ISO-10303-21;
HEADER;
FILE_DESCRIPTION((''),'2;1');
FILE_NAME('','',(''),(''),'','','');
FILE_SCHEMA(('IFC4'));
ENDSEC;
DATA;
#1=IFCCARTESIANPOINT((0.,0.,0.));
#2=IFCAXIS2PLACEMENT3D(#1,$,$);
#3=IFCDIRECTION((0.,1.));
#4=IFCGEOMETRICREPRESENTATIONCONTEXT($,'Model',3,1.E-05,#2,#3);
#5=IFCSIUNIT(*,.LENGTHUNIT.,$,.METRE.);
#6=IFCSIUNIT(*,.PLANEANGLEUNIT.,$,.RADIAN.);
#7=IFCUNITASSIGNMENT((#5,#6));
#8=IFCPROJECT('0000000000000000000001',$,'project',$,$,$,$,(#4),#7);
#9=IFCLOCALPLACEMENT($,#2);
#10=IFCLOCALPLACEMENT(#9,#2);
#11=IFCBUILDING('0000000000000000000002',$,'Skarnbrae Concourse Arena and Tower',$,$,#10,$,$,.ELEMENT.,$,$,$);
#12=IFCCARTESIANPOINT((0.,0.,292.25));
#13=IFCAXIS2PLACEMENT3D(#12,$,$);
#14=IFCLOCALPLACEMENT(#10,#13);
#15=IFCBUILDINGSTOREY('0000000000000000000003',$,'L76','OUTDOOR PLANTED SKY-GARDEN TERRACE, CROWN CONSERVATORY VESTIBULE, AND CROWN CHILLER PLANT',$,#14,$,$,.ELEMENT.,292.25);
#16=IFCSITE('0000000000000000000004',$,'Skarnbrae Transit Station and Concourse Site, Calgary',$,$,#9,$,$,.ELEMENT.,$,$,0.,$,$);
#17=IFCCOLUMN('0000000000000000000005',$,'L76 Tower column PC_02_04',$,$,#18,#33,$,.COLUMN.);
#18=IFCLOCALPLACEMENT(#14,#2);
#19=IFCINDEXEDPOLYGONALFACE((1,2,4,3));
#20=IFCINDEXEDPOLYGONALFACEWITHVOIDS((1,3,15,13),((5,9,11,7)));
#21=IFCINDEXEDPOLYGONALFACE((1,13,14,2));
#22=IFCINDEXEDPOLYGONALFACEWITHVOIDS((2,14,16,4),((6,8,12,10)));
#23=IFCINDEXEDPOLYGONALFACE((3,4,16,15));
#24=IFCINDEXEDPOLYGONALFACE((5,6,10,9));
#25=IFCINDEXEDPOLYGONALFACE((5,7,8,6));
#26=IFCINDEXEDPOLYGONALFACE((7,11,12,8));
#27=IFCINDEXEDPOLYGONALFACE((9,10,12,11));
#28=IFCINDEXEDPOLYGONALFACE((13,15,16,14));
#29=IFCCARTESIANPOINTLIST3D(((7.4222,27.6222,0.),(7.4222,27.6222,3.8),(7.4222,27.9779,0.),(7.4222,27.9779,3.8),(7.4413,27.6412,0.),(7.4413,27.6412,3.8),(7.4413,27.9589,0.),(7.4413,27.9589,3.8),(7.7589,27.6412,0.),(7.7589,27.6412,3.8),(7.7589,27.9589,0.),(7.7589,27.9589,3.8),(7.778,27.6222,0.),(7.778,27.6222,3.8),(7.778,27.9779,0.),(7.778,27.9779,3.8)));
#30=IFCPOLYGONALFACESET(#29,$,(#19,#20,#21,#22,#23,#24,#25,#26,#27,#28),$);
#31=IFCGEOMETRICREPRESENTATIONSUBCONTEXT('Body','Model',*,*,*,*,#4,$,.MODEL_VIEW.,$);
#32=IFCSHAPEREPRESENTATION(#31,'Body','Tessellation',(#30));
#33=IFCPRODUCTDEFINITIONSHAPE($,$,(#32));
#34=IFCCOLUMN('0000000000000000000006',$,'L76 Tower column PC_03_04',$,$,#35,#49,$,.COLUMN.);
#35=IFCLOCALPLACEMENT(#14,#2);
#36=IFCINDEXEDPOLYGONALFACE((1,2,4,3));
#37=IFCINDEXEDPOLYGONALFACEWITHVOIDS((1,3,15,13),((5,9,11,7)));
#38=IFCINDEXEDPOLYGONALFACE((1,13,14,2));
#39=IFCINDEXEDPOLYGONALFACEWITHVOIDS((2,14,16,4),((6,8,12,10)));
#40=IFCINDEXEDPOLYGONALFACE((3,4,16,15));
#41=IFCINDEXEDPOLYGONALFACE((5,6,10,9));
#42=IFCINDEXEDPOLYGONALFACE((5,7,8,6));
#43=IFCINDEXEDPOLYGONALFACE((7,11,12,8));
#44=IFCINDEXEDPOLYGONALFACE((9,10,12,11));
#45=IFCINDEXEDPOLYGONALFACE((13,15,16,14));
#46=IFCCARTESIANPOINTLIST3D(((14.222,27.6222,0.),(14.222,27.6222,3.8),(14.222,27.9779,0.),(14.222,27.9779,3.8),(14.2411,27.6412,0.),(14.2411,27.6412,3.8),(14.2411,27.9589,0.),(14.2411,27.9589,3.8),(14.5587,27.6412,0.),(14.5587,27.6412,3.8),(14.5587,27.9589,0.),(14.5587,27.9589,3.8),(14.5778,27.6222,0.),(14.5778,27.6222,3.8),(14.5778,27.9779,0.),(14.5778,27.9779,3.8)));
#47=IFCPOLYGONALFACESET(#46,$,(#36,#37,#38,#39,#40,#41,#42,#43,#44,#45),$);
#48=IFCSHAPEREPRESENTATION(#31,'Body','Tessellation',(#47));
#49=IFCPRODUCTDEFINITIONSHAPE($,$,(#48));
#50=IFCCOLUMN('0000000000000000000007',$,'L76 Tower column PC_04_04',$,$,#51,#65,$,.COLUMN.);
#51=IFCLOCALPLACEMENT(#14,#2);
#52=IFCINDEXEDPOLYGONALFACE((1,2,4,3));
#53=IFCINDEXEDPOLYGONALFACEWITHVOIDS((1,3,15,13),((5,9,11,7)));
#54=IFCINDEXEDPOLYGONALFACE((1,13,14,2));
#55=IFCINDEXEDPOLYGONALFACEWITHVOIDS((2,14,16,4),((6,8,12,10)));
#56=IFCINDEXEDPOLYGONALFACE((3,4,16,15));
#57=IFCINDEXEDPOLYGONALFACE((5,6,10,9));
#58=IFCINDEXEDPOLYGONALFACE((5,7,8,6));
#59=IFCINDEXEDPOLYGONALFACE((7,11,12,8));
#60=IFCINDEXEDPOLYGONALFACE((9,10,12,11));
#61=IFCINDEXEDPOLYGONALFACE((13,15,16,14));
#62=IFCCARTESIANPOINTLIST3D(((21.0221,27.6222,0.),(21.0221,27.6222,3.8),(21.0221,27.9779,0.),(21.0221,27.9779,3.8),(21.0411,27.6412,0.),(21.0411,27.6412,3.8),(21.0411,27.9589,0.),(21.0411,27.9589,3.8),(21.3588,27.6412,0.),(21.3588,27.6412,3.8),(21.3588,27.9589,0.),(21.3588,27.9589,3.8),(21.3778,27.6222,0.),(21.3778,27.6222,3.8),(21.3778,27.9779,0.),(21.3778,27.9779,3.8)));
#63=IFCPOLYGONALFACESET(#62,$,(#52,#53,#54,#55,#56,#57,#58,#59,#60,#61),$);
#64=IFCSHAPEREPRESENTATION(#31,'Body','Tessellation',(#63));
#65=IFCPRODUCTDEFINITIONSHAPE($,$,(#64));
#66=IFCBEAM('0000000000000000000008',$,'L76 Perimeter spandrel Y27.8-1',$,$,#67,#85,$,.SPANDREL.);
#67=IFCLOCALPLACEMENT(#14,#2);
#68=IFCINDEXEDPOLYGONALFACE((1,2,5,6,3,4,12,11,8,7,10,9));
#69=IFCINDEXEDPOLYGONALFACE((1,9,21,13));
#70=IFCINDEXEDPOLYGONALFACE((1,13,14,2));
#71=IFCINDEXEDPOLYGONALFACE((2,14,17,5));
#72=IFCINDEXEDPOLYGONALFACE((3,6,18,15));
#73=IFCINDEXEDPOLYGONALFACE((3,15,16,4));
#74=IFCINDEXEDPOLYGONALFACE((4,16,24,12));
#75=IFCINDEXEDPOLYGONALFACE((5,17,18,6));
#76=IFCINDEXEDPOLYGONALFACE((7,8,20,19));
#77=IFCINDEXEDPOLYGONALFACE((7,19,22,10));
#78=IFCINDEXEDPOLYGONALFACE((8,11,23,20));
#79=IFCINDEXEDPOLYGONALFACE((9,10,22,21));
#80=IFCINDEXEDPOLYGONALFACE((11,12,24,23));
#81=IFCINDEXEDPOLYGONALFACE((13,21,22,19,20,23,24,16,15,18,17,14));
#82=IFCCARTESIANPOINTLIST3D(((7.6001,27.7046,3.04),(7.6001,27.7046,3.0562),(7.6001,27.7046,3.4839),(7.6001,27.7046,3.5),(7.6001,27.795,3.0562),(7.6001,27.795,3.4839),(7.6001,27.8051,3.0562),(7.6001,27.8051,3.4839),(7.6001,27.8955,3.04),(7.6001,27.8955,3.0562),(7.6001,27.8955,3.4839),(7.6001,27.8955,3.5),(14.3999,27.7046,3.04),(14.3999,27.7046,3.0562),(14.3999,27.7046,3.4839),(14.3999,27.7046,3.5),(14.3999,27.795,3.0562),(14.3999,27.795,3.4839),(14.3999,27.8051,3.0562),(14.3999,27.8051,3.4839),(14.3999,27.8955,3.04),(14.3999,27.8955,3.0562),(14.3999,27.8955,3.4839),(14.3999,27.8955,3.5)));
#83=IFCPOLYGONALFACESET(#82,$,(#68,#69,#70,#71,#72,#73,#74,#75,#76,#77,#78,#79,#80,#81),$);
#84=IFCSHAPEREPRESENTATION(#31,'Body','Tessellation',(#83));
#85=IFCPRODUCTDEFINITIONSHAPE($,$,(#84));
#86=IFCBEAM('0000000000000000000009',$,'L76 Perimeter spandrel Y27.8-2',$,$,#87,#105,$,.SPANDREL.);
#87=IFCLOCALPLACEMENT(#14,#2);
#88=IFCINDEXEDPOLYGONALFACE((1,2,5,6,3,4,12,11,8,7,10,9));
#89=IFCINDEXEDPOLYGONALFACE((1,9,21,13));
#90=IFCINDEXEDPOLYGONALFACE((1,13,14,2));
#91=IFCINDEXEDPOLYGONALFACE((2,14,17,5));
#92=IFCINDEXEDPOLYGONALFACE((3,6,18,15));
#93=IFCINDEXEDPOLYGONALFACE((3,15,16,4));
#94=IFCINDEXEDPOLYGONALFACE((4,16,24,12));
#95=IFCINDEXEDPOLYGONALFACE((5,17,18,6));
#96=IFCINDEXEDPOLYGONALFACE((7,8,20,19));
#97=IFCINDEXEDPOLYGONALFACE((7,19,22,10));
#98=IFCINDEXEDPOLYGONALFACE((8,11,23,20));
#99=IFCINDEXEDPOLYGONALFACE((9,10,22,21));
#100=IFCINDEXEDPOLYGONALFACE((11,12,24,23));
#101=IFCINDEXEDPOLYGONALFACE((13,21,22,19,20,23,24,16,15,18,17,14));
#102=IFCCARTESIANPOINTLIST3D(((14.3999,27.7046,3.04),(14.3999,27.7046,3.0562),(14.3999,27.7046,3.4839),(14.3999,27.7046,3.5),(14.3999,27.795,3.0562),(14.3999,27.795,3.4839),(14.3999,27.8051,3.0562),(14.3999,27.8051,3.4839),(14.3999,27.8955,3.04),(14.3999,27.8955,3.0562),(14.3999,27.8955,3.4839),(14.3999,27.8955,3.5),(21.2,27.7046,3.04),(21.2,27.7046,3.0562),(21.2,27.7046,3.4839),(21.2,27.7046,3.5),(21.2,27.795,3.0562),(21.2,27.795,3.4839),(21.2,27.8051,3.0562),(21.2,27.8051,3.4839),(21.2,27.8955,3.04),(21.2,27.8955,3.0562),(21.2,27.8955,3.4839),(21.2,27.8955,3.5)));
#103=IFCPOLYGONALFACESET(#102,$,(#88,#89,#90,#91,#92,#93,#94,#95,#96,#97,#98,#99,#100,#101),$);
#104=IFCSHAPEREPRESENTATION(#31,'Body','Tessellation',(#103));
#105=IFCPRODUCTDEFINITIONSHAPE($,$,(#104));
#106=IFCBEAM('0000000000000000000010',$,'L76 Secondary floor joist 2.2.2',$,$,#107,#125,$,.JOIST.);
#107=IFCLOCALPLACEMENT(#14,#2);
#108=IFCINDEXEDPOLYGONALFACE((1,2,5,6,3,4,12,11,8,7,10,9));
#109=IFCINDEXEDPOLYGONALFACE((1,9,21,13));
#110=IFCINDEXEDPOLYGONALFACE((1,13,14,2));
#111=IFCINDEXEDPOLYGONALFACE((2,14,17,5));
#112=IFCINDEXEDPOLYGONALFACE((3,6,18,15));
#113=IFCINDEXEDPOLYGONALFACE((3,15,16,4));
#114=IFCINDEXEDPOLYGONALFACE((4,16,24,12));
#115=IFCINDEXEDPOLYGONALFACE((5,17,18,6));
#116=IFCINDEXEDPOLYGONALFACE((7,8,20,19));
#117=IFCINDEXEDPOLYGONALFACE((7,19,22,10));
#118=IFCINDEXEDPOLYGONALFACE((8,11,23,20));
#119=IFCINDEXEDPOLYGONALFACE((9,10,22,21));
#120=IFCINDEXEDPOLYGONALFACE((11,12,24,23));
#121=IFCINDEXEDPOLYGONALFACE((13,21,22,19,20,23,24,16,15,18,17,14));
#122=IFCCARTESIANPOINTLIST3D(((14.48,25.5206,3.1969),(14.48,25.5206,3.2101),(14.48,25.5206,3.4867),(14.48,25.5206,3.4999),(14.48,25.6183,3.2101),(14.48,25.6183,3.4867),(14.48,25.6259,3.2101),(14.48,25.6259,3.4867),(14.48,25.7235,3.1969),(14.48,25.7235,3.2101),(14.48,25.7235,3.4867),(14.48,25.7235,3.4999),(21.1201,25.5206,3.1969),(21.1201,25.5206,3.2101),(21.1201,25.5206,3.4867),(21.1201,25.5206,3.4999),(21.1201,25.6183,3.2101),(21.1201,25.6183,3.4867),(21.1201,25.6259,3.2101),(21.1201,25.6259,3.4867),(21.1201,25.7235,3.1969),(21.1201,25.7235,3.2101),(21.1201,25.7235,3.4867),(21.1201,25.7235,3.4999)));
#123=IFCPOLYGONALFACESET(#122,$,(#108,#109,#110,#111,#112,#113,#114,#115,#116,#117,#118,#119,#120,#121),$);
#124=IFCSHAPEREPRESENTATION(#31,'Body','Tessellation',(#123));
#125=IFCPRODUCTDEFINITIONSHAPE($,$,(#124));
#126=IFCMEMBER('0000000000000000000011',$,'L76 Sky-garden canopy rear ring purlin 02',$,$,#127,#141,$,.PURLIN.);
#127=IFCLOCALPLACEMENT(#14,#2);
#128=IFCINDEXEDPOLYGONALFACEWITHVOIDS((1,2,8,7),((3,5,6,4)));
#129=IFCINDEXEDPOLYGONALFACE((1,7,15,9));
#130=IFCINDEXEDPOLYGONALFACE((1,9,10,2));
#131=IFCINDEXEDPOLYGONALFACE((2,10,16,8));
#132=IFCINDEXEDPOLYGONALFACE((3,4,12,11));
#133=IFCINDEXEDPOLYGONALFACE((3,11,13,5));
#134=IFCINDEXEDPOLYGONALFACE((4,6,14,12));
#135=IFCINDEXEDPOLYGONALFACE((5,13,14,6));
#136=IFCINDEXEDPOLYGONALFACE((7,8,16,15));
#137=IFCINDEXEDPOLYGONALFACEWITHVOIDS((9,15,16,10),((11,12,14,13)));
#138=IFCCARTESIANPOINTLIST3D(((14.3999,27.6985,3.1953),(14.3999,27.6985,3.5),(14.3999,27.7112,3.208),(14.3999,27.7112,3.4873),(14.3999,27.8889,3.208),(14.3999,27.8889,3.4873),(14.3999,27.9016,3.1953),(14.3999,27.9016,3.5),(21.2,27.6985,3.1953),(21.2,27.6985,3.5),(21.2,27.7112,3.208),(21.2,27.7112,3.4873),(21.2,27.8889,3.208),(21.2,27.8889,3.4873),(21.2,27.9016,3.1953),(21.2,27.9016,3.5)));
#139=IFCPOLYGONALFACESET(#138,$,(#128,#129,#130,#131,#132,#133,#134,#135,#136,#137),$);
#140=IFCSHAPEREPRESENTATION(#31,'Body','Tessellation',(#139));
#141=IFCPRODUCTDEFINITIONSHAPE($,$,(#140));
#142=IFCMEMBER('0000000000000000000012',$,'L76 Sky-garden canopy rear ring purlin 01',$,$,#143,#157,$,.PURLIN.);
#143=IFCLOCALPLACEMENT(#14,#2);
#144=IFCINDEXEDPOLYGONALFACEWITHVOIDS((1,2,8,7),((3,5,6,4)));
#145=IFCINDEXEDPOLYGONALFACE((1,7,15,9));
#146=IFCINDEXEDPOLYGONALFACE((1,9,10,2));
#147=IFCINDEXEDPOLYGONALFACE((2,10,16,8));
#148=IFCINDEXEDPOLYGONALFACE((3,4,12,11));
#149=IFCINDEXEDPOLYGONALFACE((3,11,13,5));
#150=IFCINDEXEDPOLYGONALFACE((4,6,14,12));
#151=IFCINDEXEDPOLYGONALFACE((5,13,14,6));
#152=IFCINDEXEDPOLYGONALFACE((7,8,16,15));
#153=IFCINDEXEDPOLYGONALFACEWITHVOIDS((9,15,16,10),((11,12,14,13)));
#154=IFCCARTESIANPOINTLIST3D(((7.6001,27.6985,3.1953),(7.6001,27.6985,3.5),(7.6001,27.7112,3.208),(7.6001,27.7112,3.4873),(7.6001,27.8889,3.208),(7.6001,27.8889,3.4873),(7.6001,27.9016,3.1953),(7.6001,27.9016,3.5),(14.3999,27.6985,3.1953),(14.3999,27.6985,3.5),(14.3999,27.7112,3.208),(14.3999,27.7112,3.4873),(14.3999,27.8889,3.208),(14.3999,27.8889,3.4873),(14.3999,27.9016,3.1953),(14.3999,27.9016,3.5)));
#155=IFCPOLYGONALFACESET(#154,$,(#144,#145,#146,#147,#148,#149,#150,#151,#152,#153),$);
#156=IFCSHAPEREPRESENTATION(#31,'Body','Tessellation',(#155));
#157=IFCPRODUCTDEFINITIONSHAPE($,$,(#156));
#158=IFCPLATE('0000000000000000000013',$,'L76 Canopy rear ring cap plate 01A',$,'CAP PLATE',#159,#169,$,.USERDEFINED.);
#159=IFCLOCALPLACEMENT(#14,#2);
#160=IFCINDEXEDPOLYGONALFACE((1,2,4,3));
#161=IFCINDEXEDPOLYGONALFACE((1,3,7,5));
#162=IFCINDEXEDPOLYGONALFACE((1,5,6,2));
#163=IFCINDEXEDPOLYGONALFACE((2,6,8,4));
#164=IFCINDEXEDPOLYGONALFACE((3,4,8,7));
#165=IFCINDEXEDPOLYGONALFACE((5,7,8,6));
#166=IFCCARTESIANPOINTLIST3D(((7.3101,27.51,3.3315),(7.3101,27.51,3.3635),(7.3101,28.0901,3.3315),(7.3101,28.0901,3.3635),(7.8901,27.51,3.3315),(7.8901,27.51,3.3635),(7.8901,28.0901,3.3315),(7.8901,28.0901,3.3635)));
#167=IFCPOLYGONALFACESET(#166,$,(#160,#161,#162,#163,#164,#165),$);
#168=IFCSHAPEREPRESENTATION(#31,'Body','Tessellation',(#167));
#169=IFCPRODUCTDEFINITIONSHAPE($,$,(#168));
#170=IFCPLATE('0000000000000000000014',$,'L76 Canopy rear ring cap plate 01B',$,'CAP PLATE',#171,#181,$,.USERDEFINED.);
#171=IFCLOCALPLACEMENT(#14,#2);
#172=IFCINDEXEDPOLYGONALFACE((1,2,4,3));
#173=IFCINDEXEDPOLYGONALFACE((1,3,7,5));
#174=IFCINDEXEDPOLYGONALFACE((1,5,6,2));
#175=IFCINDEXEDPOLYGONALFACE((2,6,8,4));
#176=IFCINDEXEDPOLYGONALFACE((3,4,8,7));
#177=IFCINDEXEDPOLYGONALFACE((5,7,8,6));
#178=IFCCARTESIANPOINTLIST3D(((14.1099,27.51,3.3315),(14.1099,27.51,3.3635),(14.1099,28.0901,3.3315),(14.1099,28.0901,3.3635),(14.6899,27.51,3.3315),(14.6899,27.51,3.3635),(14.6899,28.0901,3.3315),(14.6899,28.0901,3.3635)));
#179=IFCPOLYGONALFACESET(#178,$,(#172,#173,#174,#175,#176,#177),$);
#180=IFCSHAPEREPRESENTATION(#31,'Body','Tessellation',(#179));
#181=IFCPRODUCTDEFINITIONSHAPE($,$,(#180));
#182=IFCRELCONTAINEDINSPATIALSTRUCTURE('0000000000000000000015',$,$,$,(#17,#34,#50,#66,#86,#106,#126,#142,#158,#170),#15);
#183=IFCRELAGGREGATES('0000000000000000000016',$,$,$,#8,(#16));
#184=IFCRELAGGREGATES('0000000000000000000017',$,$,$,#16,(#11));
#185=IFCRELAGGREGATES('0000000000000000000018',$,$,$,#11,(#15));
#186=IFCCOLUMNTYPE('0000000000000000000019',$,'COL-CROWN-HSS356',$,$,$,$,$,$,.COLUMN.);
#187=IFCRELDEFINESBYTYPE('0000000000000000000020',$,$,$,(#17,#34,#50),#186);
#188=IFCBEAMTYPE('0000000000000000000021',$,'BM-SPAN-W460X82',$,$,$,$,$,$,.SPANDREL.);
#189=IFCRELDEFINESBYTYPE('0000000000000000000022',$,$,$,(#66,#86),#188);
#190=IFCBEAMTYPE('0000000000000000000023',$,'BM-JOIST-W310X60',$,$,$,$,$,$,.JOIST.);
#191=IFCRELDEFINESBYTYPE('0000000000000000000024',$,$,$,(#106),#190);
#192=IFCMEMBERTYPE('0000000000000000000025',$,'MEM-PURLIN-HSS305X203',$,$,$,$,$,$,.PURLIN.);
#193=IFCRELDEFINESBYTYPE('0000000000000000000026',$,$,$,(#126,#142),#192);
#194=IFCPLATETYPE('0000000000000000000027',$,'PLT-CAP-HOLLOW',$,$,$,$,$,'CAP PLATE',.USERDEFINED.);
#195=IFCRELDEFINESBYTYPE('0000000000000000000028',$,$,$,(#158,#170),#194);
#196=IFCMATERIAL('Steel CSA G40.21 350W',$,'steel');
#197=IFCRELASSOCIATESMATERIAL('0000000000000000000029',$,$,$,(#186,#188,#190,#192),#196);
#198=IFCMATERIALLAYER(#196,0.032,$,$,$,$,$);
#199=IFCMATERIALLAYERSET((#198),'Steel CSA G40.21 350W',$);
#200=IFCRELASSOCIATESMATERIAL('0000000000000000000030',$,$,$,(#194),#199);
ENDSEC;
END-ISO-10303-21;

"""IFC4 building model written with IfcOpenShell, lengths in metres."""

from ifc_helpers import new_model, si_unit, direction, frame, origin, origin_2d, place, context, subcontext, project, spatial, rectangle, hollow_rectangle, i_section, extrude, source, transform, mapped, material, layer, layer_set, material_profile, profile_set, type_object, element, save


model = new_model("IFC4")

# Units and contexts
model_context = context("Model", 3, precision=1e-05, world=origin(), true_north=direction((0.0, 1.0)))
body_context = subcontext(model_context, "Body", "Model", "MODEL_VIEW")
ifc_project = project(units=[si_unit("LENGTHUNIT", "METRE"), si_unit("PLANEANGLEUNIT", "RADIAN")], contexts=[model_context])

# Site, building, storey
site_placement = place(None, origin())
site = spatial("IfcSite", under=ifc_project, at=site_placement, Name="Skarnbrae Transit Station and Concourse Site, Calgary", CompositionType="ELEMENT", RefElevation=0.0)
building_placement = place(site_placement, origin())
building = spatial("IfcBuilding", under=site, at=building_placement, Name="Skarnbrae Concourse Arena and Tower", CompositionType="ELEMENT")
storey_placement = place(building_placement, frame((0.0, 0.0, 292.25)))
storey = spatial("IfcBuildingStorey", under=building, at=storey_placement, Name="L76", Description="OUTDOOR PLANTED SKY-GARDEN TERRACE, CROWN CONSERVATORY VESTIBULE, AND CROWN CHILLER PLANT", CompositionType="ELEMENT", Elevation=292.25)

# Columns
ifc_material_1 = material(Name="Steel CSA G40.21 350W", Category="steel")
ifc_material_profile_1 = material_profile(ifc_material_1, hollow_rectangle(XDim=0.3557, YDim=0.3557, WallThickness=0.019, at=origin_2d()), Name="HSS356X356X19.0")
ifc_profile_set_1 = profile_set([ifc_material_profile_1], Name="Steel CSA G40.21 350W")
column_type = type_object("IfcColumnType", Name="COL-CROWN-HSS356", PredefinedType="COLUMN", material=ifc_profile_set_1)
shared_shape_1 = source(origin(), body_context, "Body", "SweptSolid", [
    extrude(hollow_rectangle(XDim=0.3557, YDim=0.3557, WallThickness=0.019, at=origin_2d()), origin(), (0.0, 0.0, 1.0), 3.8),
])
for number, where, z_axis, x_axis, name in (
    (1, (7.6001, 27.8, 0.0), (0.0, 0.0, 1.0), (1.0, 0.0, 0.0), "L76 Tower column PC_02_04"),
    (2, (14.3999, 27.8, 0.0), (0.0, 0.0, 1.0), (1.0, 0.0, 0.0), "L76 Tower column PC_03_04"),
    (3, (21.2, 27.8, 0.0), (0.0, 0.0, 1.0), (1.0, 0.0, 0.0), "L76 Tower column PC_04_04"),
):
    element("IfcColumn", number, at=place(storey_placement, frame(where, z_axis=z_axis, x_axis=x_axis)), inside=storey, type_object=column_type, Name=name, PredefinedType="COLUMN", context=body_context, shape_type="MappedRepresentation", body=[
        mapped(shared_shape_1, transform((0.0, 0.0, 0.0))),
    ])

# Beams
ifc_material_profile_2 = material_profile(ifc_material_1, i_section(OverallWidth=0.1909, OverallDepth=0.46, WebThickness=0.01, FlangeThickness=0.0161, at=origin_2d()), Name="W460X82")
ifc_profile_set_2 = profile_set([ifc_material_profile_2], Name="Steel CSA G40.21 350W")
beam_type_1 = type_object("IfcBeamType", Name="BM-SPAN-W460X82", PredefinedType="SPANDREL", material=ifc_profile_set_2)
shared_shape_2 = source(origin(), body_context, "Body", "SweptSolid", [
    extrude(i_section(OverallWidth=0.1909, OverallDepth=0.46, WebThickness=0.01, FlangeThickness=0.0161, at=origin_2d()), origin(), (0.0, 0.0, 1.0), 6.7998),
])
beam_1_placement = place(storey_placement, frame((7.6001, 27.8, 3.27), z_axis=(1.0, 0.0, 0.0), x_axis=(0.0, 1.0, 0.0)))
element("IfcBeam", 4, at=beam_1_placement, inside=storey, type_object=beam_type_1, Name="L76 Perimeter spandrel Y27.8-1", PredefinedType="SPANDREL", context=body_context, shape_type="MappedRepresentation", body=[
    mapped(shared_shape_2, transform((0.0, 0.0, 0.0))),
])
shared_shape_3 = source(origin(), body_context, "Body", "SweptSolid", [
    extrude(i_section(OverallWidth=0.1909, OverallDepth=0.46, WebThickness=0.01, FlangeThickness=0.0161, at=origin_2d()), origin(), (0.0, 0.0, 1.0), 6.8),
])
beam_2_placement = place(storey_placement, frame((14.3999, 27.8, 3.27), z_axis=(1.0, 0.0, 0.0), x_axis=(0.0, 1.0, 0.0)))
element("IfcBeam", 5, at=beam_2_placement, inside=storey, type_object=beam_type_1, Name="L76 Perimeter spandrel Y27.8-2", PredefinedType="SPANDREL", context=body_context, shape_type="MappedRepresentation", body=[
    mapped(shared_shape_3, transform((0.0, 0.0, 0.0))),
])
ifc_material_profile_3 = material_profile(ifc_material_1, i_section(OverallWidth=0.2029, OverallDepth=0.303, WebThickness=0.0076, FlangeThickness=0.0132, at=origin_2d()), Name="W310X60")
ifc_profile_set_3 = profile_set([ifc_material_profile_3], Name="Steel CSA G40.21 350W")
beam_type_2 = type_object("IfcBeamType", Name="BM-JOIST-W310X60", PredefinedType="JOIST", material=ifc_profile_set_3)
shared_shape_4 = source(origin(), body_context, "Body", "SweptSolid", [
    extrude(i_section(OverallWidth=0.2029, OverallDepth=0.303, WebThickness=0.0076, FlangeThickness=0.0132, at=origin_2d()), origin(), (0.0, 0.0, 1.0), 6.6401),
])
beam_3_placement = place(storey_placement, frame((14.48, 25.6221, 3.3484), z_axis=(1.0, 0.0, 0.0), x_axis=(0.0, 1.0, 0.0)))
element("IfcBeam", 6, at=beam_3_placement, inside=storey, type_object=beam_type_2, Name="L76 Secondary floor joist 2.2.2", PredefinedType="JOIST", context=body_context, shape_type="MappedRepresentation", body=[
    mapped(shared_shape_4, transform((0.0, 0.0, 0.0))),
])

# Members
ifc_material_profile_4 = material_profile(ifc_material_1, hollow_rectangle(XDim=0.2031, YDim=0.3047, WallThickness=0.0127, at=origin_2d()), Name="HSS305X203X12.7")
ifc_profile_set_4 = profile_set([ifc_material_profile_4], Name="Steel CSA G40.21 350W")
member_type = type_object("IfcMemberType", Name="MEM-PURLIN-HSS305X203", PredefinedType="PURLIN", material=ifc_profile_set_4)
shared_shape_5 = source(origin(), body_context, "Body", "SweptSolid", [
    extrude(hollow_rectangle(XDim=0.2031, YDim=0.3047, WallThickness=0.0127, at=origin_2d()), origin(), (0.0, 0.0, 1.0), 6.8),
])
member_1_placement = place(storey_placement, frame((14.3999, 27.8, 3.3477), z_axis=(1.0, 0.0, 0.0), x_axis=(0.0, 1.0, 0.0)))
element("IfcMember", 7, at=member_1_placement, inside=storey, type_object=member_type, Name="L76 Sky-garden canopy rear ring purlin 02", PredefinedType="PURLIN", context=body_context, shape_type="MappedRepresentation", body=[
    mapped(shared_shape_5, transform((0.0, 0.0, 0.0))),
])
shared_shape_6 = source(origin(), body_context, "Body", "SweptSolid", [
    extrude(hollow_rectangle(XDim=0.2031, YDim=0.3047, WallThickness=0.0127, at=origin_2d()), origin(), (0.0, 0.0, 1.0), 6.7998),
])
member_2_placement = place(storey_placement, frame((7.6001, 27.8, 3.3477), z_axis=(1.0, 0.0, 0.0), x_axis=(0.0, 1.0, 0.0)))
element("IfcMember", 8, at=member_2_placement, inside=storey, type_object=member_type, Name="L76 Sky-garden canopy rear ring purlin 01", PredefinedType="PURLIN", context=body_context, shape_type="MappedRepresentation", body=[
    mapped(shared_shape_6, transform((0.0, 0.0, 0.0))),
])

# Plates
ifc_layer_1 = layer(ifc_material_1, 0.032)
ifc_layer_set_1 = layer_set([ifc_layer_1], Name="Steel CSA G40.21 350W")
plate_type = type_object("IfcPlateType", Name="PLT-CAP-HOLLOW", ElementType="CAP PLATE", PredefinedType="USERDEFINED", material=ifc_layer_set_1)
shared_shape_7 = source(origin(), body_context, "Body", "SweptSolid", [
    extrude(rectangle(XDim=0.5801, YDim=0.5801, at=origin_2d()), origin(), (0.0, 0.0, 1.0), 0.032),
])
for number, where, z_axis, x_axis, name in (
    (9, (7.6001, 27.8, 3.3315), (0.0, 0.0, 1.0), (1.0, 0.0, 0.0), "L76 Canopy rear ring cap plate 01A"),
    (10, (14.3999, 27.8, 3.3315), (0.0, 0.0, 1.0), (1.0, 0.0, 0.0), "L76 Canopy rear ring cap plate 01B"),
):
    element("IfcPlate", number, at=place(storey_placement, frame(where, z_axis=z_axis, x_axis=x_axis)), inside=storey, type_object=plate_type, Name=name, ObjectType="CAP PLATE", PredefinedType="USERDEFINED", context=body_context, shape_type="MappedRepresentation", body=[
        mapped(shared_shape_7, transform((0.0, 0.0, 0.0))),
    ])

save(model, "model.ifc")
